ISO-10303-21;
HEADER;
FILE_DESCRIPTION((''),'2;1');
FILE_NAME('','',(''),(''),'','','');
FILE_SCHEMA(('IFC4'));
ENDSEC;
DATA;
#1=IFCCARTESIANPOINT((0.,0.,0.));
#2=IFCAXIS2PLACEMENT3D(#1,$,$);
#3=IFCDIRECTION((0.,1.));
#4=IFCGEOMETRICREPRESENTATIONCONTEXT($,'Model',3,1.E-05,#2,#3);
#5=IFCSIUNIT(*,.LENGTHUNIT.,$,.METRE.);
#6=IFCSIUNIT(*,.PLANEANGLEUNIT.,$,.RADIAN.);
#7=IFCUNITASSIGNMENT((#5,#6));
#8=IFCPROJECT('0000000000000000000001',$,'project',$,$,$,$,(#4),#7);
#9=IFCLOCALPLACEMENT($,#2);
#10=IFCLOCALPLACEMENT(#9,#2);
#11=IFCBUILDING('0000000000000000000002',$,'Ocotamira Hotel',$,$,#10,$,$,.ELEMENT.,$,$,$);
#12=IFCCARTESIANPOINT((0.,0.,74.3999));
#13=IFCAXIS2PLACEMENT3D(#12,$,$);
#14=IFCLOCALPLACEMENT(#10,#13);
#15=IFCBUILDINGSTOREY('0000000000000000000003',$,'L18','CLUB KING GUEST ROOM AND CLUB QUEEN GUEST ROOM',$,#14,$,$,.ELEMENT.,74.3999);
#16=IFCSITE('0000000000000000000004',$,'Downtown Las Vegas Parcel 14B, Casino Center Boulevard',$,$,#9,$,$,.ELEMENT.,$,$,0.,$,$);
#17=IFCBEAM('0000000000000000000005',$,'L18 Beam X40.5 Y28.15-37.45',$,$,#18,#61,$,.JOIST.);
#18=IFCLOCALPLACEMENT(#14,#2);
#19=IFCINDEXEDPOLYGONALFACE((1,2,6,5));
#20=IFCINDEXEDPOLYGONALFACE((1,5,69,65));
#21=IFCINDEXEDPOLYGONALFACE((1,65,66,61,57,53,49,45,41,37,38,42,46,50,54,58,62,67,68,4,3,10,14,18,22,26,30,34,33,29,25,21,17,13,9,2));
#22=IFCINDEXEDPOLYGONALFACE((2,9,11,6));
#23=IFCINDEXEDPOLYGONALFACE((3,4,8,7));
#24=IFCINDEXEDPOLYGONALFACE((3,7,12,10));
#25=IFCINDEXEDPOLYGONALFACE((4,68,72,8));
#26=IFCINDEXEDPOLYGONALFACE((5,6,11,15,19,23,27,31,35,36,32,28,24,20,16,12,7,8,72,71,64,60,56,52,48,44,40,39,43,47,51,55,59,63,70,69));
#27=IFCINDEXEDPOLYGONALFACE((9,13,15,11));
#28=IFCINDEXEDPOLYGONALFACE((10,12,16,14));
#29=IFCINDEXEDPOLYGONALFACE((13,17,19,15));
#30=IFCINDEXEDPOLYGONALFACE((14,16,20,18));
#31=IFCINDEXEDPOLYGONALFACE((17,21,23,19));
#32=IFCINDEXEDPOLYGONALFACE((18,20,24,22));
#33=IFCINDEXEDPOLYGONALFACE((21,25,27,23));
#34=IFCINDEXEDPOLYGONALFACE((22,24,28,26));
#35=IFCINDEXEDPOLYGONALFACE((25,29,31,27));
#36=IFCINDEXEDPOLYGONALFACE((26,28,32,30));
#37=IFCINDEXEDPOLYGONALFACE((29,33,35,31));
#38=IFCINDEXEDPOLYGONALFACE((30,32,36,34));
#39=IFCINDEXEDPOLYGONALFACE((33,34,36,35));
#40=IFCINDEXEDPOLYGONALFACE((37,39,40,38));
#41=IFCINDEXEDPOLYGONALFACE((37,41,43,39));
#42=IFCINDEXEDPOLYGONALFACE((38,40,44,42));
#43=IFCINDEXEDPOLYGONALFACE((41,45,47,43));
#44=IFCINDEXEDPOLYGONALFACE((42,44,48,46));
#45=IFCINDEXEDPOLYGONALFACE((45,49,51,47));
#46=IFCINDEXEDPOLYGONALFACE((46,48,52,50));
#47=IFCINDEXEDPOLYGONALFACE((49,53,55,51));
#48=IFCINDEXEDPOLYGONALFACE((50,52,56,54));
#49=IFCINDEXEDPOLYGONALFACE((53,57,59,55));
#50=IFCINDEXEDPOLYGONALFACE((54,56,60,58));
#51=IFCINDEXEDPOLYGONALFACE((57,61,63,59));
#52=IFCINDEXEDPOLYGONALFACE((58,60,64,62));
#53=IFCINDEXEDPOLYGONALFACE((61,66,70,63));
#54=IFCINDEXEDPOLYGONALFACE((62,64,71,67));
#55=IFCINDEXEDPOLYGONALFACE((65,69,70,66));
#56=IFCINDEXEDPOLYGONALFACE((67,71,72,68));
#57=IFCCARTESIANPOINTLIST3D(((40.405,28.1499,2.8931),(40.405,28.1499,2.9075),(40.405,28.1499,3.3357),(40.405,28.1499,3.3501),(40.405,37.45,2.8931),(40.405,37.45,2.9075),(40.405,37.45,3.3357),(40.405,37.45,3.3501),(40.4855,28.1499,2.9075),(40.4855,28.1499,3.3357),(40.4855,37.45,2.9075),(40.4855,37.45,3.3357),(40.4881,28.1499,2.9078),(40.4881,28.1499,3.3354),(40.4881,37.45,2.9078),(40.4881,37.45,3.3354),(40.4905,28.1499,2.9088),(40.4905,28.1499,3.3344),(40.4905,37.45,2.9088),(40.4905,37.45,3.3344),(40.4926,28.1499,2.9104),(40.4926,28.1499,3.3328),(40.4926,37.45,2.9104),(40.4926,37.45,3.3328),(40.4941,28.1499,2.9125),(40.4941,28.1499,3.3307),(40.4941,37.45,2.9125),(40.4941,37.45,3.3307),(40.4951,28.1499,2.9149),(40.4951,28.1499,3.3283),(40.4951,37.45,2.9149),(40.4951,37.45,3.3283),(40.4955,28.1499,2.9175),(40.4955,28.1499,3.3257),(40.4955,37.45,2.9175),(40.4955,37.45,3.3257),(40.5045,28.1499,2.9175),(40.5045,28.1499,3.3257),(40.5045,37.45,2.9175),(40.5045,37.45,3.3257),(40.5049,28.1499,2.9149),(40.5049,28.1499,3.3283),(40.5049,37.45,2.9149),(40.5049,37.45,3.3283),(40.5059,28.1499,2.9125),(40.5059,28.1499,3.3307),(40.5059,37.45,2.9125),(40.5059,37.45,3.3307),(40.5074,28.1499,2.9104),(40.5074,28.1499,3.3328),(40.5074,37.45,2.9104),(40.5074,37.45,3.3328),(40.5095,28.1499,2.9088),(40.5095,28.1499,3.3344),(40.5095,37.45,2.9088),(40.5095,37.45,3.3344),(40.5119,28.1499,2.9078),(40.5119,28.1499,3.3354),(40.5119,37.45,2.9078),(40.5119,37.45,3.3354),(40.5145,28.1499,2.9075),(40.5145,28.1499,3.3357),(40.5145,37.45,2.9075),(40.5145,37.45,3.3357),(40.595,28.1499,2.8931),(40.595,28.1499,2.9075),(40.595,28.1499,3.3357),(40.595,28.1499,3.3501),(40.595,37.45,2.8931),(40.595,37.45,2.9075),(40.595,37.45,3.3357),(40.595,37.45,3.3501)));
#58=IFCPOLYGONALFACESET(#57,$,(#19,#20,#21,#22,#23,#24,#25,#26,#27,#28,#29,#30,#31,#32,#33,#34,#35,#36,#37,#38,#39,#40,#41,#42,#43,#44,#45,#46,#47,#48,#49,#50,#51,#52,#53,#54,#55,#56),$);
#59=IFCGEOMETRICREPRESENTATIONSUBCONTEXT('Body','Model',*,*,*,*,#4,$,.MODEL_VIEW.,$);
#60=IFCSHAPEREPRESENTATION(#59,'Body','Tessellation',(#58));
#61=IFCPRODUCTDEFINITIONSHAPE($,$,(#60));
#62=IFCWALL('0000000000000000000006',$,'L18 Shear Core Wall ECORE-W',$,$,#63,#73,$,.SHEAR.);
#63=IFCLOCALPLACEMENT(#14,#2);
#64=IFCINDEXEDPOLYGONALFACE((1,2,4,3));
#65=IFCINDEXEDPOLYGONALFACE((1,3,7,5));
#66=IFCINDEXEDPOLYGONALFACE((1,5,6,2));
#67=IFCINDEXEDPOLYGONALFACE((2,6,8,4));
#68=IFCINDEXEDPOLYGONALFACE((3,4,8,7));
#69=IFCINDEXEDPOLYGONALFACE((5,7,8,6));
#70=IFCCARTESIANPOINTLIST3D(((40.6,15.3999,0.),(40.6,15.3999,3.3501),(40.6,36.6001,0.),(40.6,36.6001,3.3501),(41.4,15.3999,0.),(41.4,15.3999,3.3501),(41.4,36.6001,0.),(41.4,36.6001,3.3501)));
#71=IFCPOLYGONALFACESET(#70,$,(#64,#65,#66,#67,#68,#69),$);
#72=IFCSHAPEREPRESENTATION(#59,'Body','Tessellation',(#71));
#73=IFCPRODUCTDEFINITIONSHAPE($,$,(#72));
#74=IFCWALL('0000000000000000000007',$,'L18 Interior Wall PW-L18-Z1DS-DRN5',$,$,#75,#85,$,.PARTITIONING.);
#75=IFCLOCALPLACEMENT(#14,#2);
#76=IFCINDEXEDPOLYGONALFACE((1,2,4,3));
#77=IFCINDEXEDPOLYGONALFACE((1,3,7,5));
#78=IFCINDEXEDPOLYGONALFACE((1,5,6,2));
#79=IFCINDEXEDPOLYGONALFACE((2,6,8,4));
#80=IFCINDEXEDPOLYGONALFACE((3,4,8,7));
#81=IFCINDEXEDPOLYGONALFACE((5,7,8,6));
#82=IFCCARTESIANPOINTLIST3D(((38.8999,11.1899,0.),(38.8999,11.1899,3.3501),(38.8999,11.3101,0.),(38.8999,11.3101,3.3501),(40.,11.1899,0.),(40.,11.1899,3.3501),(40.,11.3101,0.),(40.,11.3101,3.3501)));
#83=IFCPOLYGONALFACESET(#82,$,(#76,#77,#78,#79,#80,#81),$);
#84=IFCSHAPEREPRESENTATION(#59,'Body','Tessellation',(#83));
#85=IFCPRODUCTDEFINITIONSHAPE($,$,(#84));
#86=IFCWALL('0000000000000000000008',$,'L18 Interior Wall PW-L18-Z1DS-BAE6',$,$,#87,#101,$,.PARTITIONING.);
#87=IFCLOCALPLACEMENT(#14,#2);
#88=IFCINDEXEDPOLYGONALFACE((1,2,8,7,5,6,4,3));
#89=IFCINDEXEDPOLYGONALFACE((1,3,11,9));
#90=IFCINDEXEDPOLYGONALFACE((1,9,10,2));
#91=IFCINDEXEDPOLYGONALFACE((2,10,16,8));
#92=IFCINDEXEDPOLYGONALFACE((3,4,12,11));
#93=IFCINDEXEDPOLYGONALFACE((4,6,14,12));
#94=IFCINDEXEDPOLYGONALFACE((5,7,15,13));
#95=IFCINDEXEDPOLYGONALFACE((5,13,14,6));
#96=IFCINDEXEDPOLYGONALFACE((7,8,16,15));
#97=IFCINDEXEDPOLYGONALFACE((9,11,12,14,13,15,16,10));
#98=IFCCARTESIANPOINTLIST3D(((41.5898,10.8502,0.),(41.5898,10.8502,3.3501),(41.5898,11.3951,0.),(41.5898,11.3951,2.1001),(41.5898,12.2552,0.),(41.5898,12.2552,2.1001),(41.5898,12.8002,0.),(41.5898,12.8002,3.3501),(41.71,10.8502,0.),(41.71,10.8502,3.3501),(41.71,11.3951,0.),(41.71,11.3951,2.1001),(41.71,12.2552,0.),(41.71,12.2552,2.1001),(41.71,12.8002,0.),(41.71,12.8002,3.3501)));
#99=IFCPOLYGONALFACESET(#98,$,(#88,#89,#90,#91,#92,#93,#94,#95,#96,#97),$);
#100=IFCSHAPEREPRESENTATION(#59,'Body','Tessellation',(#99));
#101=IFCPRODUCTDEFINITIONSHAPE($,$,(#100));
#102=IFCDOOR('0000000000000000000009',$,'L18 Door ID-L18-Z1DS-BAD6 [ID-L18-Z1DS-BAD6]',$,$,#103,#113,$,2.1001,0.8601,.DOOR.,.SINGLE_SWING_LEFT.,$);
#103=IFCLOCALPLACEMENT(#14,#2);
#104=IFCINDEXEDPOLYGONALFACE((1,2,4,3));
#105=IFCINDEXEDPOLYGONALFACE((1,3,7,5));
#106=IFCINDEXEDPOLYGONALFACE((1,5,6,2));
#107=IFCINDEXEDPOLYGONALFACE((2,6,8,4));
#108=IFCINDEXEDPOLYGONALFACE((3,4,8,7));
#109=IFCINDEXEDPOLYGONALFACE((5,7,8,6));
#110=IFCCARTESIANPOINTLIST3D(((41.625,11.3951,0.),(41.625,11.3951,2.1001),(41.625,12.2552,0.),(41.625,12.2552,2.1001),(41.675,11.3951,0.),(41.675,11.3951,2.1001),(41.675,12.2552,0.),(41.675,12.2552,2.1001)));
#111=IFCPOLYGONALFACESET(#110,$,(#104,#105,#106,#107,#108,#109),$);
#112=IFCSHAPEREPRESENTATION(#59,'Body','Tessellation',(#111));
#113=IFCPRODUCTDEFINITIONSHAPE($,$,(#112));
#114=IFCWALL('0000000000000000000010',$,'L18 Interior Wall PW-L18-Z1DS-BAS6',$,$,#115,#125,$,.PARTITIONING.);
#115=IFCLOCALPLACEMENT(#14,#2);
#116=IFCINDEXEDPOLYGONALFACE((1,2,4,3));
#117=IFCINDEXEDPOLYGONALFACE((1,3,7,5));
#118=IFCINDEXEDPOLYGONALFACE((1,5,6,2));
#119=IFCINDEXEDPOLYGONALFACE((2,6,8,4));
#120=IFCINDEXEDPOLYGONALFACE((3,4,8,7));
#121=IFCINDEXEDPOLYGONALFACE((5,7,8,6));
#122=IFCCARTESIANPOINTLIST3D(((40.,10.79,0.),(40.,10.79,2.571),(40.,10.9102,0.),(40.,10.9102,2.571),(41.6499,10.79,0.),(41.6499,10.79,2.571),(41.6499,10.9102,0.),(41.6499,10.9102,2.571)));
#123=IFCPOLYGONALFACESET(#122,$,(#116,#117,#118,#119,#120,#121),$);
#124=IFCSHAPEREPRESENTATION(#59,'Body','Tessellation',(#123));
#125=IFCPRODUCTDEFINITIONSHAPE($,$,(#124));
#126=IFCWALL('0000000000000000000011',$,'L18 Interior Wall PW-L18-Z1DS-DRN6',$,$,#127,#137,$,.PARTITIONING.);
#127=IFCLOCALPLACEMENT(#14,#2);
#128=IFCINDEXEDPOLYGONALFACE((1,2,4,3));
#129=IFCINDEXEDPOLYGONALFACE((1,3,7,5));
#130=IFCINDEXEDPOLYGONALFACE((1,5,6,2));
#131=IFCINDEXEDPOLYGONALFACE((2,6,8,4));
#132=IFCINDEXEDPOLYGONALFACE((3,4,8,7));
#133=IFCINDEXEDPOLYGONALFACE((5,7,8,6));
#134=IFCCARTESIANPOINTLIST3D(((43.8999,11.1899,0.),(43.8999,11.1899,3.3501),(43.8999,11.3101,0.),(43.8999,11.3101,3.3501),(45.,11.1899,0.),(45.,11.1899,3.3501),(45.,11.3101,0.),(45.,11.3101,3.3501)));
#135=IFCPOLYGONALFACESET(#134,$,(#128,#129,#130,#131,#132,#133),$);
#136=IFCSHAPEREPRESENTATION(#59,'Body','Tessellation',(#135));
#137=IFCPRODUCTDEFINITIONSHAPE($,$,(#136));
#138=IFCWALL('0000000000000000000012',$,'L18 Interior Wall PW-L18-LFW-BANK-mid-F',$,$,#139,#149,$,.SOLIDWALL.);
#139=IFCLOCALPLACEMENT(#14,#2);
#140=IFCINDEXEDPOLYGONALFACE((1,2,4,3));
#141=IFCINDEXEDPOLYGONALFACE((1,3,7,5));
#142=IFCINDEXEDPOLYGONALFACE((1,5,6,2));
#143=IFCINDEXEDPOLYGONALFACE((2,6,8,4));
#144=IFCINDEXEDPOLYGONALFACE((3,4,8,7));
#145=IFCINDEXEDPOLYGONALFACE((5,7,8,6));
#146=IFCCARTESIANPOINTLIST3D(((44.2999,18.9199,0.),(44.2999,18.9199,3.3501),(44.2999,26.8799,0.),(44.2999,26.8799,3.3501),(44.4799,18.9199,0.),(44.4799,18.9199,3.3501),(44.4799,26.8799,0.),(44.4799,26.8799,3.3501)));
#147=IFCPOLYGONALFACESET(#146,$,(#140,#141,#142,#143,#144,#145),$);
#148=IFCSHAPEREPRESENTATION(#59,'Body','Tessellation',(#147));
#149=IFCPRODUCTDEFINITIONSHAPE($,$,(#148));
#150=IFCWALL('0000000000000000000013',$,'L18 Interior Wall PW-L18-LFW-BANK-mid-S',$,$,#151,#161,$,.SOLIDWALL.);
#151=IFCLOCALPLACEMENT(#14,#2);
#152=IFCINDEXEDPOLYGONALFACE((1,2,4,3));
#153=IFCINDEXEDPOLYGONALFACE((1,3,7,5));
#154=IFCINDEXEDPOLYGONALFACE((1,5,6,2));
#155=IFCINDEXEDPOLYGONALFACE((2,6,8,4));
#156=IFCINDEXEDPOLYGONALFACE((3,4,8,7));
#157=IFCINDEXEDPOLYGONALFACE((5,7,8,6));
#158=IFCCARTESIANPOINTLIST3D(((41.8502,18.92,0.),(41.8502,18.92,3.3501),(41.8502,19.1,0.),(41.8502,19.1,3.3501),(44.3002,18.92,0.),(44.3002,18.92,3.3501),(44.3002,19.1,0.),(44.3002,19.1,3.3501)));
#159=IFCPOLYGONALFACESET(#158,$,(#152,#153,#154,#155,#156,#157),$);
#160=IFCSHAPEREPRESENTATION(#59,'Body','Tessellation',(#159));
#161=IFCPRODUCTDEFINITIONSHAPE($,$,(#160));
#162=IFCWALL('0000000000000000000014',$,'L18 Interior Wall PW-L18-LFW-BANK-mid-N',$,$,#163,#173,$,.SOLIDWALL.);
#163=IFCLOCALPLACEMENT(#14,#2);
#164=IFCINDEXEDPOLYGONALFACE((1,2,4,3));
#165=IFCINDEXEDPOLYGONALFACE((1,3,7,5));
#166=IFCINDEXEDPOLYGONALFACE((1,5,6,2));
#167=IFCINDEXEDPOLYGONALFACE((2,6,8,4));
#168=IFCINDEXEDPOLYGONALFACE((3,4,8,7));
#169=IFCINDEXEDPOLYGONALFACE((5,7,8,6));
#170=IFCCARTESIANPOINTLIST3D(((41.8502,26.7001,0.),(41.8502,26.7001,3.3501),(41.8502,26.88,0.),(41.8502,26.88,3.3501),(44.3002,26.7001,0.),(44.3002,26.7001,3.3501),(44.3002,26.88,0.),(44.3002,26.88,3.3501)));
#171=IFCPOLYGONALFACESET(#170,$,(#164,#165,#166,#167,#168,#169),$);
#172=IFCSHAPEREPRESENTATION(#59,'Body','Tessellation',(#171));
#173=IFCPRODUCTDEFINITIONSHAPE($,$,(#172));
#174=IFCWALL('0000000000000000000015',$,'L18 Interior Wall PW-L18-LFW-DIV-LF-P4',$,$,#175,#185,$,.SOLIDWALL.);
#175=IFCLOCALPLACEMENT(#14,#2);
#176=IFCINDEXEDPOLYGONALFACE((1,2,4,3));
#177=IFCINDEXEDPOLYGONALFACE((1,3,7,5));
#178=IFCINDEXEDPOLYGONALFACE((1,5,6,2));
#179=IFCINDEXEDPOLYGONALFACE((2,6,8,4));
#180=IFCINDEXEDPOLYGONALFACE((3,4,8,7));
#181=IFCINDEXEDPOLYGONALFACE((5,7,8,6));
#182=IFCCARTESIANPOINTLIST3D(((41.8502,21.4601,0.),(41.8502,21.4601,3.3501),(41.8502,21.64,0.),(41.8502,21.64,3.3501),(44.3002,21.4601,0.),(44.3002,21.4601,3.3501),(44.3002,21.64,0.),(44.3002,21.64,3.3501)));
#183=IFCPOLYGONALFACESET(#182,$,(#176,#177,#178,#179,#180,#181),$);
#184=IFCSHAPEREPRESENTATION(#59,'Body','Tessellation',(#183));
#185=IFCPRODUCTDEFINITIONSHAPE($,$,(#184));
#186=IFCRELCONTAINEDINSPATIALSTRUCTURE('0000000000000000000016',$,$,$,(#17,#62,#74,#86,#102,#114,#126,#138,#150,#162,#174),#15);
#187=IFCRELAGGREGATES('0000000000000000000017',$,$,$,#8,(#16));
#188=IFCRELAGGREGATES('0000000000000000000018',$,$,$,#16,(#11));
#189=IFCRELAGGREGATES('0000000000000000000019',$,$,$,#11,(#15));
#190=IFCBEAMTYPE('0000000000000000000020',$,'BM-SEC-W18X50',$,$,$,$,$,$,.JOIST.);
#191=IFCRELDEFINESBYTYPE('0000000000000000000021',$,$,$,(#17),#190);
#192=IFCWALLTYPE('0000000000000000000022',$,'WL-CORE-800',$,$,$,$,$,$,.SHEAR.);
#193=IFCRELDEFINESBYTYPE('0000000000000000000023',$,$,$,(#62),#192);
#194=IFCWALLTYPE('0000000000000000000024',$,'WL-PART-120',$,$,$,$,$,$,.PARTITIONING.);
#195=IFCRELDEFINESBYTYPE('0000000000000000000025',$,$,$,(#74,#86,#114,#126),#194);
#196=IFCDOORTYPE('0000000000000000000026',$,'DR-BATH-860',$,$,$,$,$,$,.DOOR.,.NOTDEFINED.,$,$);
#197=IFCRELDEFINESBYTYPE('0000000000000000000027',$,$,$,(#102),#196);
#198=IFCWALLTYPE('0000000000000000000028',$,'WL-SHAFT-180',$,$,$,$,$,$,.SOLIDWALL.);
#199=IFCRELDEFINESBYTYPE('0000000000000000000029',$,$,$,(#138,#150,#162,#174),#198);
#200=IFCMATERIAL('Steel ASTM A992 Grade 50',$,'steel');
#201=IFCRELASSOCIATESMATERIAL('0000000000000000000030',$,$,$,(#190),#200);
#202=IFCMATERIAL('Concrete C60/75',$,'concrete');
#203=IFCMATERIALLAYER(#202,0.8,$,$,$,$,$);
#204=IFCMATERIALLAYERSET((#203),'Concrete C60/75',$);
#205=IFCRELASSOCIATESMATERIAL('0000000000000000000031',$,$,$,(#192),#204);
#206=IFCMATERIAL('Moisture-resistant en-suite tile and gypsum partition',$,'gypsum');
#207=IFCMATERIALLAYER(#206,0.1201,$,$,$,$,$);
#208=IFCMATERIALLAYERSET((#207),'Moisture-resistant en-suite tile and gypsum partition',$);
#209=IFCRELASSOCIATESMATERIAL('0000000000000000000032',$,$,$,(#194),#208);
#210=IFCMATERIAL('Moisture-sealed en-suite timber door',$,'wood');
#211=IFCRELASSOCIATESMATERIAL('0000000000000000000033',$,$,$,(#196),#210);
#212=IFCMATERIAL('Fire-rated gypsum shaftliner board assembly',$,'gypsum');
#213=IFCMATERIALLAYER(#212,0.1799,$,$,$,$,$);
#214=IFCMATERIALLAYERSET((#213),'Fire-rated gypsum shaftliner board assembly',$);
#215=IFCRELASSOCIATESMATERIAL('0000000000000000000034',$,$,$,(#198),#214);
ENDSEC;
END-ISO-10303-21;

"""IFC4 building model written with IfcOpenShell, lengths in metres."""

from ifc_helpers import new_model, si_unit, direction, frame, frame_2d, origin, origin_2d, place, context, subcontext, project, spatial, rectangle, i_section, extrude, source, transform, mapped, material, layer, layer_set, material_profile, profile_set, type_object, element, fill, save


model = new_model("IFC4")

# Units and contexts
model_context = context("Model", 3, precision=1e-05, world=origin(), true_north=direction((0.0, 1.0)))
body_context = subcontext(model_context, "Body", "Model", "MODEL_VIEW")
ifc_project = project(units=[si_unit("LENGTHUNIT", "METRE"), si_unit("PLANEANGLEUNIT", "RADIAN")], contexts=[model_context])

# Site, building, storey
site_placement = place(None, origin())
site = spatial("IfcSite", under=ifc_project, at=site_placement, Name="Downtown Las Vegas Parcel 14B, Casino Center Boulevard", CompositionType="ELEMENT", RefElevation=0.0)
building_placement = place(site_placement, origin())
building = spatial("IfcBuilding", under=site, at=building_placement, Name="Ocotamira Hotel", CompositionType="ELEMENT")
storey_placement = place(building_placement, frame((0.0, 0.0, 74.3999)))
storey = spatial("IfcBuildingStorey", under=building, at=storey_placement, Name="L18", Description="CLUB KING GUEST ROOM AND CLUB QUEEN GUEST ROOM", CompositionType="ELEMENT", Elevation=74.3999)

# Beam
ifc_material_1 = material(Name="Steel ASTM A992 Grade 50", Category="steel")
ifc_material_profile_1 = material_profile(ifc_material_1, i_section(OverallWidth=0.1899, OverallDepth=0.457, WebThickness=0.009, FlangeThickness=0.0144, FilletRadius=0.01, at=origin_2d()), Name="W18X50")
ifc_profile_set_1 = profile_set([ifc_material_profile_1], Name="Steel ASTM A992 Grade 50")
beam_type_1 = type_object("IfcBeamType", Name="BM-SEC-W18X50", PredefinedType="JOIST", material=ifc_profile_set_1)
shared_shape_1 = source(origin(), body_context, "Body", "SweptSolid", [
    extrude(i_section(OverallWidth=0.1899, OverallDepth=0.457, WebThickness=0.009, FlangeThickness=0.0144, FilletRadius=0.01, at=origin_2d()), origin(), (0.0, 0.0, 1.0), 9.3),
])
beam_1_placement = place(storey_placement, frame((40.5, 28.1499, 3.1216), z_axis=(0.0, 1.0, 0.0), x_axis=(-1.0, 0.0, 0.0)))
element("IfcBeam", 1, at=beam_1_placement, inside=storey, type_object=beam_type_1, Name="L18 Beam X40.5 Y28.15-37.45", PredefinedType="JOIST", context=body_context, shape_type="MappedRepresentation", body=[
    mapped(shared_shape_1, transform((0.0, 0.0, 0.0), scale=1.0)),
])

# Shared definitions
ifc_material_2 = material(Name="Concrete C60/75", Category="concrete")
ifc_layer_1 = layer(ifc_material_2, 0.8)
ifc_layer_set_1 = layer_set([ifc_layer_1], Name="Concrete C60/75")
wall_type_1 = type_object("IfcWallType", Name="WL-CORE-800", PredefinedType="SHEAR", material=ifc_layer_set_1)

# Walls
wall_1_placement = place(storey_placement, frame((41.0, 15.3999, 0.0), z_axis=(0.0, 0.0, 1.0), x_axis=(0.0, 1.0, 0.0)))
element("IfcWall", 2, at=wall_1_placement, inside=storey, type_object=wall_type_1, Name="L18 Shear Core Wall ECORE-W", PredefinedType="SHEAR", context=body_context, shape_type="SweptSolid", body=[
    extrude(rectangle(XDim=21.2002, YDim=0.8, at=frame_2d((10.6001, 0.0))), origin(), (0.0, 0.0, 1.0), 3.3501),
])
ifc_material_3 = material(Name="Moisture-resistant en-suite tile and gypsum partition", Category="gypsum")
ifc_layer_2 = layer(ifc_material_3, 0.1201)
ifc_layer_set_2 = layer_set([ifc_layer_2], Name="Moisture-resistant en-suite tile and gypsum partition")
wall_type_2 = type_object("IfcWallType", Name="WL-PART-120", PredefinedType="PARTITIONING", material=ifc_layer_set_2)
wall_2_placement = place(storey_placement, frame((38.8999, 11.25, 0.0), z_axis=(0.0, 0.0, 1.0), x_axis=(1.0, 0.0, 0.0)))
element("IfcWall", 3, at=wall_2_placement, inside=storey, type_object=wall_type_2, Name="L18 Interior Wall PW-L18-Z1DS-DRN5", PredefinedType="PARTITIONING", context=body_context, shape_type="SweptSolid", body=[
    extrude(rectangle(XDim=1.1001, YDim=0.1201, at=frame_2d((0.55, 0.0))), origin(), (0.0, 0.0, 1.0), 3.3501),
])

# Wall, opening, door
wall_3_placement = place(storey_placement, frame((41.6499, 10.8501, 0.0), z_axis=(0.0, 0.0, 1.0), x_axis=(0.0, 1.0, 0.0)))
wall_3 = element("IfcWall", 4, at=wall_3_placement, inside=storey, type_object=wall_type_2, Name="L18 Interior Wall PW-L18-Z1DS-BAE6", PredefinedType="PARTITIONING", context=body_context, shape_type="SweptSolid", body=[
    extrude(rectangle(XDim=1.95, YDim=0.1201, at=frame_2d((0.9751, 0.0))), origin(), (0.0, 0.0, 1.0), 3.3501),
])
opening_1_placement = place(wall_3_placement, frame((0.5449, 0.0, 0.0)))
opening_1 = element("IfcOpeningElement", 5, at=opening_1_placement, cuts=wall_3, PredefinedType="OPENING", context=body_context, shape_type="SweptSolid", body=[
    extrude(rectangle(XDim=0.8601, YDim=2.1001, at=frame_2d((0.4302, 1.05))), frame((0.0, 0.0701, 0.0), z_axis=(0.0, -1.0, 0.0), x_axis=(1.0, 0.0, 0.0)), (0.0, 0.0, 1.0), 0.1401),
])
ifc_material_4 = material(Name="Moisture-sealed en-suite timber door", Category="wood")
door_type_1 = type_object("IfcDoorType", Name="DR-BATH-860", OperationType="NOTDEFINED", PredefinedType="DOOR", material=ifc_material_4)
shared_shape_2 = source(origin(), body_context, "Body", "SweptSolid", [
    extrude(rectangle(XDim=0.8601, YDim=2.1001, at=frame_2d((0.4302, 1.05))), frame((0.0, 0.0249, 0.0), z_axis=(0.0, -1.0, 0.0), x_axis=(1.0, 0.0, 0.0)), (0.0, 0.0, 1.0), 0.05),
])
door_1_placement = place(opening_1_placement, origin())
door_1 = element("IfcDoor", 6, at=door_1_placement, inside=storey, type_object=door_type_1, Name="L18 Door ID-L18-Z1DS-BAD6 [ID-L18-Z1DS-BAD6]", OperationType="SINGLE_SWING_LEFT", OverallHeight=2.1001, OverallWidth=0.8601, PredefinedType="DOOR", context=body_context, shape_type="MappedRepresentation", body=[
    mapped(shared_shape_2, transform((0.0, 0.0, 0.0), scale=1.0)),
])
fill(opening_1, door_1)

# Walls
wall_4_placement = place(storey_placement, frame((40.0, 10.8501, 0.0), z_axis=(0.0, 0.0, 1.0), x_axis=(1.0, 0.0, 0.0)))
element("IfcWall", 7, at=wall_4_placement, inside=storey, type_object=wall_type_2, Name="L18 Interior Wall PW-L18-Z1DS-BAS6", PredefinedType="PARTITIONING", context=body_context, shape_type="SweptSolid", body=[
    extrude(rectangle(XDim=1.6499, YDim=0.1201, at=frame_2d((0.825, 0.0))), origin(), (0.0, 0.0, 1.0), 2.571),
])
wall_5_placement = place(storey_placement, frame((43.8999, 11.25, 0.0), z_axis=(0.0, 0.0, 1.0), x_axis=(1.0, 0.0, 0.0)))
element("IfcWall", 8, at=wall_5_placement, inside=storey, type_object=wall_type_2, Name="L18 Interior Wall PW-L18-Z1DS-DRN6", PredefinedType="PARTITIONING", context=body_context, shape_type="SweptSolid", body=[
    extrude(rectangle(XDim=1.1001, YDim=0.1201, at=frame_2d((0.55, 0.0))), origin(), (0.0, 0.0, 1.0), 3.3501),
])
ifc_material_5 = material(Name="Fire-rated gypsum shaftliner board assembly", Category="gypsum")
ifc_layer_3 = layer(ifc_material_5, 0.1799)
ifc_layer_set_3 = layer_set([ifc_layer_3], Name="Fire-rated gypsum shaftliner board assembly")
wall_type_3 = type_object("IfcWallType", Name="WL-SHAFT-180", PredefinedType="SOLIDWALL", material=ifc_layer_set_3)
wall_6_placement = place(storey_placement, frame((44.3899, 18.9199, 0.0), z_axis=(0.0, 0.0, 1.0), x_axis=(0.0, 1.0, 0.0)))
element("IfcWall", 9, at=wall_6_placement, inside=storey, type_object=wall_type_3, Name="L18 Interior Wall PW-L18-LFW-BANK-mid-F", PredefinedType="SOLIDWALL", context=body_context, shape_type="SweptSolid", body=[
    extrude(rectangle(XDim=7.96, YDim=0.1799, at=frame_2d((3.98, 0.0))), origin(), (0.0, 0.0, 1.0), 3.3501),
])
for number, where, z_axis, x_axis, name in (
    (10, (41.8501, 19.01, 0.0), (0.0, 0.0, 1.0), (1.0, 0.0, 0.0), "L18 Interior Wall PW-L18-LFW-BANK-mid-S"),
    (11, (41.8501, 26.79, 0.0), (0.0, 0.0, 1.0), (1.0, 0.0, 0.0), "L18 Interior Wall PW-L18-LFW-BANK-mid-N"),
    (12, (41.8501, 21.55, 0.0), (0.0, 0.0, 1.0), (1.0, 0.0, 0.0), "L18 Interior Wall PW-L18-LFW-DIV-LF-P4"),
):
    element("IfcWall", number, at=place(storey_placement, frame(where, z_axis=z_axis, x_axis=x_axis)), inside=storey, type_object=wall_type_3, Name=name, PredefinedType="SOLIDWALL", context=body_context, shape_type="SweptSolid", body=[
        extrude(rectangle(XDim=2.45, YDim=0.1799, at=frame_2d((1.2251, 0.0))), origin(), (0.0, 0.0, 1.0), 3.3501),
    ])

save(model, "model.ifc")
